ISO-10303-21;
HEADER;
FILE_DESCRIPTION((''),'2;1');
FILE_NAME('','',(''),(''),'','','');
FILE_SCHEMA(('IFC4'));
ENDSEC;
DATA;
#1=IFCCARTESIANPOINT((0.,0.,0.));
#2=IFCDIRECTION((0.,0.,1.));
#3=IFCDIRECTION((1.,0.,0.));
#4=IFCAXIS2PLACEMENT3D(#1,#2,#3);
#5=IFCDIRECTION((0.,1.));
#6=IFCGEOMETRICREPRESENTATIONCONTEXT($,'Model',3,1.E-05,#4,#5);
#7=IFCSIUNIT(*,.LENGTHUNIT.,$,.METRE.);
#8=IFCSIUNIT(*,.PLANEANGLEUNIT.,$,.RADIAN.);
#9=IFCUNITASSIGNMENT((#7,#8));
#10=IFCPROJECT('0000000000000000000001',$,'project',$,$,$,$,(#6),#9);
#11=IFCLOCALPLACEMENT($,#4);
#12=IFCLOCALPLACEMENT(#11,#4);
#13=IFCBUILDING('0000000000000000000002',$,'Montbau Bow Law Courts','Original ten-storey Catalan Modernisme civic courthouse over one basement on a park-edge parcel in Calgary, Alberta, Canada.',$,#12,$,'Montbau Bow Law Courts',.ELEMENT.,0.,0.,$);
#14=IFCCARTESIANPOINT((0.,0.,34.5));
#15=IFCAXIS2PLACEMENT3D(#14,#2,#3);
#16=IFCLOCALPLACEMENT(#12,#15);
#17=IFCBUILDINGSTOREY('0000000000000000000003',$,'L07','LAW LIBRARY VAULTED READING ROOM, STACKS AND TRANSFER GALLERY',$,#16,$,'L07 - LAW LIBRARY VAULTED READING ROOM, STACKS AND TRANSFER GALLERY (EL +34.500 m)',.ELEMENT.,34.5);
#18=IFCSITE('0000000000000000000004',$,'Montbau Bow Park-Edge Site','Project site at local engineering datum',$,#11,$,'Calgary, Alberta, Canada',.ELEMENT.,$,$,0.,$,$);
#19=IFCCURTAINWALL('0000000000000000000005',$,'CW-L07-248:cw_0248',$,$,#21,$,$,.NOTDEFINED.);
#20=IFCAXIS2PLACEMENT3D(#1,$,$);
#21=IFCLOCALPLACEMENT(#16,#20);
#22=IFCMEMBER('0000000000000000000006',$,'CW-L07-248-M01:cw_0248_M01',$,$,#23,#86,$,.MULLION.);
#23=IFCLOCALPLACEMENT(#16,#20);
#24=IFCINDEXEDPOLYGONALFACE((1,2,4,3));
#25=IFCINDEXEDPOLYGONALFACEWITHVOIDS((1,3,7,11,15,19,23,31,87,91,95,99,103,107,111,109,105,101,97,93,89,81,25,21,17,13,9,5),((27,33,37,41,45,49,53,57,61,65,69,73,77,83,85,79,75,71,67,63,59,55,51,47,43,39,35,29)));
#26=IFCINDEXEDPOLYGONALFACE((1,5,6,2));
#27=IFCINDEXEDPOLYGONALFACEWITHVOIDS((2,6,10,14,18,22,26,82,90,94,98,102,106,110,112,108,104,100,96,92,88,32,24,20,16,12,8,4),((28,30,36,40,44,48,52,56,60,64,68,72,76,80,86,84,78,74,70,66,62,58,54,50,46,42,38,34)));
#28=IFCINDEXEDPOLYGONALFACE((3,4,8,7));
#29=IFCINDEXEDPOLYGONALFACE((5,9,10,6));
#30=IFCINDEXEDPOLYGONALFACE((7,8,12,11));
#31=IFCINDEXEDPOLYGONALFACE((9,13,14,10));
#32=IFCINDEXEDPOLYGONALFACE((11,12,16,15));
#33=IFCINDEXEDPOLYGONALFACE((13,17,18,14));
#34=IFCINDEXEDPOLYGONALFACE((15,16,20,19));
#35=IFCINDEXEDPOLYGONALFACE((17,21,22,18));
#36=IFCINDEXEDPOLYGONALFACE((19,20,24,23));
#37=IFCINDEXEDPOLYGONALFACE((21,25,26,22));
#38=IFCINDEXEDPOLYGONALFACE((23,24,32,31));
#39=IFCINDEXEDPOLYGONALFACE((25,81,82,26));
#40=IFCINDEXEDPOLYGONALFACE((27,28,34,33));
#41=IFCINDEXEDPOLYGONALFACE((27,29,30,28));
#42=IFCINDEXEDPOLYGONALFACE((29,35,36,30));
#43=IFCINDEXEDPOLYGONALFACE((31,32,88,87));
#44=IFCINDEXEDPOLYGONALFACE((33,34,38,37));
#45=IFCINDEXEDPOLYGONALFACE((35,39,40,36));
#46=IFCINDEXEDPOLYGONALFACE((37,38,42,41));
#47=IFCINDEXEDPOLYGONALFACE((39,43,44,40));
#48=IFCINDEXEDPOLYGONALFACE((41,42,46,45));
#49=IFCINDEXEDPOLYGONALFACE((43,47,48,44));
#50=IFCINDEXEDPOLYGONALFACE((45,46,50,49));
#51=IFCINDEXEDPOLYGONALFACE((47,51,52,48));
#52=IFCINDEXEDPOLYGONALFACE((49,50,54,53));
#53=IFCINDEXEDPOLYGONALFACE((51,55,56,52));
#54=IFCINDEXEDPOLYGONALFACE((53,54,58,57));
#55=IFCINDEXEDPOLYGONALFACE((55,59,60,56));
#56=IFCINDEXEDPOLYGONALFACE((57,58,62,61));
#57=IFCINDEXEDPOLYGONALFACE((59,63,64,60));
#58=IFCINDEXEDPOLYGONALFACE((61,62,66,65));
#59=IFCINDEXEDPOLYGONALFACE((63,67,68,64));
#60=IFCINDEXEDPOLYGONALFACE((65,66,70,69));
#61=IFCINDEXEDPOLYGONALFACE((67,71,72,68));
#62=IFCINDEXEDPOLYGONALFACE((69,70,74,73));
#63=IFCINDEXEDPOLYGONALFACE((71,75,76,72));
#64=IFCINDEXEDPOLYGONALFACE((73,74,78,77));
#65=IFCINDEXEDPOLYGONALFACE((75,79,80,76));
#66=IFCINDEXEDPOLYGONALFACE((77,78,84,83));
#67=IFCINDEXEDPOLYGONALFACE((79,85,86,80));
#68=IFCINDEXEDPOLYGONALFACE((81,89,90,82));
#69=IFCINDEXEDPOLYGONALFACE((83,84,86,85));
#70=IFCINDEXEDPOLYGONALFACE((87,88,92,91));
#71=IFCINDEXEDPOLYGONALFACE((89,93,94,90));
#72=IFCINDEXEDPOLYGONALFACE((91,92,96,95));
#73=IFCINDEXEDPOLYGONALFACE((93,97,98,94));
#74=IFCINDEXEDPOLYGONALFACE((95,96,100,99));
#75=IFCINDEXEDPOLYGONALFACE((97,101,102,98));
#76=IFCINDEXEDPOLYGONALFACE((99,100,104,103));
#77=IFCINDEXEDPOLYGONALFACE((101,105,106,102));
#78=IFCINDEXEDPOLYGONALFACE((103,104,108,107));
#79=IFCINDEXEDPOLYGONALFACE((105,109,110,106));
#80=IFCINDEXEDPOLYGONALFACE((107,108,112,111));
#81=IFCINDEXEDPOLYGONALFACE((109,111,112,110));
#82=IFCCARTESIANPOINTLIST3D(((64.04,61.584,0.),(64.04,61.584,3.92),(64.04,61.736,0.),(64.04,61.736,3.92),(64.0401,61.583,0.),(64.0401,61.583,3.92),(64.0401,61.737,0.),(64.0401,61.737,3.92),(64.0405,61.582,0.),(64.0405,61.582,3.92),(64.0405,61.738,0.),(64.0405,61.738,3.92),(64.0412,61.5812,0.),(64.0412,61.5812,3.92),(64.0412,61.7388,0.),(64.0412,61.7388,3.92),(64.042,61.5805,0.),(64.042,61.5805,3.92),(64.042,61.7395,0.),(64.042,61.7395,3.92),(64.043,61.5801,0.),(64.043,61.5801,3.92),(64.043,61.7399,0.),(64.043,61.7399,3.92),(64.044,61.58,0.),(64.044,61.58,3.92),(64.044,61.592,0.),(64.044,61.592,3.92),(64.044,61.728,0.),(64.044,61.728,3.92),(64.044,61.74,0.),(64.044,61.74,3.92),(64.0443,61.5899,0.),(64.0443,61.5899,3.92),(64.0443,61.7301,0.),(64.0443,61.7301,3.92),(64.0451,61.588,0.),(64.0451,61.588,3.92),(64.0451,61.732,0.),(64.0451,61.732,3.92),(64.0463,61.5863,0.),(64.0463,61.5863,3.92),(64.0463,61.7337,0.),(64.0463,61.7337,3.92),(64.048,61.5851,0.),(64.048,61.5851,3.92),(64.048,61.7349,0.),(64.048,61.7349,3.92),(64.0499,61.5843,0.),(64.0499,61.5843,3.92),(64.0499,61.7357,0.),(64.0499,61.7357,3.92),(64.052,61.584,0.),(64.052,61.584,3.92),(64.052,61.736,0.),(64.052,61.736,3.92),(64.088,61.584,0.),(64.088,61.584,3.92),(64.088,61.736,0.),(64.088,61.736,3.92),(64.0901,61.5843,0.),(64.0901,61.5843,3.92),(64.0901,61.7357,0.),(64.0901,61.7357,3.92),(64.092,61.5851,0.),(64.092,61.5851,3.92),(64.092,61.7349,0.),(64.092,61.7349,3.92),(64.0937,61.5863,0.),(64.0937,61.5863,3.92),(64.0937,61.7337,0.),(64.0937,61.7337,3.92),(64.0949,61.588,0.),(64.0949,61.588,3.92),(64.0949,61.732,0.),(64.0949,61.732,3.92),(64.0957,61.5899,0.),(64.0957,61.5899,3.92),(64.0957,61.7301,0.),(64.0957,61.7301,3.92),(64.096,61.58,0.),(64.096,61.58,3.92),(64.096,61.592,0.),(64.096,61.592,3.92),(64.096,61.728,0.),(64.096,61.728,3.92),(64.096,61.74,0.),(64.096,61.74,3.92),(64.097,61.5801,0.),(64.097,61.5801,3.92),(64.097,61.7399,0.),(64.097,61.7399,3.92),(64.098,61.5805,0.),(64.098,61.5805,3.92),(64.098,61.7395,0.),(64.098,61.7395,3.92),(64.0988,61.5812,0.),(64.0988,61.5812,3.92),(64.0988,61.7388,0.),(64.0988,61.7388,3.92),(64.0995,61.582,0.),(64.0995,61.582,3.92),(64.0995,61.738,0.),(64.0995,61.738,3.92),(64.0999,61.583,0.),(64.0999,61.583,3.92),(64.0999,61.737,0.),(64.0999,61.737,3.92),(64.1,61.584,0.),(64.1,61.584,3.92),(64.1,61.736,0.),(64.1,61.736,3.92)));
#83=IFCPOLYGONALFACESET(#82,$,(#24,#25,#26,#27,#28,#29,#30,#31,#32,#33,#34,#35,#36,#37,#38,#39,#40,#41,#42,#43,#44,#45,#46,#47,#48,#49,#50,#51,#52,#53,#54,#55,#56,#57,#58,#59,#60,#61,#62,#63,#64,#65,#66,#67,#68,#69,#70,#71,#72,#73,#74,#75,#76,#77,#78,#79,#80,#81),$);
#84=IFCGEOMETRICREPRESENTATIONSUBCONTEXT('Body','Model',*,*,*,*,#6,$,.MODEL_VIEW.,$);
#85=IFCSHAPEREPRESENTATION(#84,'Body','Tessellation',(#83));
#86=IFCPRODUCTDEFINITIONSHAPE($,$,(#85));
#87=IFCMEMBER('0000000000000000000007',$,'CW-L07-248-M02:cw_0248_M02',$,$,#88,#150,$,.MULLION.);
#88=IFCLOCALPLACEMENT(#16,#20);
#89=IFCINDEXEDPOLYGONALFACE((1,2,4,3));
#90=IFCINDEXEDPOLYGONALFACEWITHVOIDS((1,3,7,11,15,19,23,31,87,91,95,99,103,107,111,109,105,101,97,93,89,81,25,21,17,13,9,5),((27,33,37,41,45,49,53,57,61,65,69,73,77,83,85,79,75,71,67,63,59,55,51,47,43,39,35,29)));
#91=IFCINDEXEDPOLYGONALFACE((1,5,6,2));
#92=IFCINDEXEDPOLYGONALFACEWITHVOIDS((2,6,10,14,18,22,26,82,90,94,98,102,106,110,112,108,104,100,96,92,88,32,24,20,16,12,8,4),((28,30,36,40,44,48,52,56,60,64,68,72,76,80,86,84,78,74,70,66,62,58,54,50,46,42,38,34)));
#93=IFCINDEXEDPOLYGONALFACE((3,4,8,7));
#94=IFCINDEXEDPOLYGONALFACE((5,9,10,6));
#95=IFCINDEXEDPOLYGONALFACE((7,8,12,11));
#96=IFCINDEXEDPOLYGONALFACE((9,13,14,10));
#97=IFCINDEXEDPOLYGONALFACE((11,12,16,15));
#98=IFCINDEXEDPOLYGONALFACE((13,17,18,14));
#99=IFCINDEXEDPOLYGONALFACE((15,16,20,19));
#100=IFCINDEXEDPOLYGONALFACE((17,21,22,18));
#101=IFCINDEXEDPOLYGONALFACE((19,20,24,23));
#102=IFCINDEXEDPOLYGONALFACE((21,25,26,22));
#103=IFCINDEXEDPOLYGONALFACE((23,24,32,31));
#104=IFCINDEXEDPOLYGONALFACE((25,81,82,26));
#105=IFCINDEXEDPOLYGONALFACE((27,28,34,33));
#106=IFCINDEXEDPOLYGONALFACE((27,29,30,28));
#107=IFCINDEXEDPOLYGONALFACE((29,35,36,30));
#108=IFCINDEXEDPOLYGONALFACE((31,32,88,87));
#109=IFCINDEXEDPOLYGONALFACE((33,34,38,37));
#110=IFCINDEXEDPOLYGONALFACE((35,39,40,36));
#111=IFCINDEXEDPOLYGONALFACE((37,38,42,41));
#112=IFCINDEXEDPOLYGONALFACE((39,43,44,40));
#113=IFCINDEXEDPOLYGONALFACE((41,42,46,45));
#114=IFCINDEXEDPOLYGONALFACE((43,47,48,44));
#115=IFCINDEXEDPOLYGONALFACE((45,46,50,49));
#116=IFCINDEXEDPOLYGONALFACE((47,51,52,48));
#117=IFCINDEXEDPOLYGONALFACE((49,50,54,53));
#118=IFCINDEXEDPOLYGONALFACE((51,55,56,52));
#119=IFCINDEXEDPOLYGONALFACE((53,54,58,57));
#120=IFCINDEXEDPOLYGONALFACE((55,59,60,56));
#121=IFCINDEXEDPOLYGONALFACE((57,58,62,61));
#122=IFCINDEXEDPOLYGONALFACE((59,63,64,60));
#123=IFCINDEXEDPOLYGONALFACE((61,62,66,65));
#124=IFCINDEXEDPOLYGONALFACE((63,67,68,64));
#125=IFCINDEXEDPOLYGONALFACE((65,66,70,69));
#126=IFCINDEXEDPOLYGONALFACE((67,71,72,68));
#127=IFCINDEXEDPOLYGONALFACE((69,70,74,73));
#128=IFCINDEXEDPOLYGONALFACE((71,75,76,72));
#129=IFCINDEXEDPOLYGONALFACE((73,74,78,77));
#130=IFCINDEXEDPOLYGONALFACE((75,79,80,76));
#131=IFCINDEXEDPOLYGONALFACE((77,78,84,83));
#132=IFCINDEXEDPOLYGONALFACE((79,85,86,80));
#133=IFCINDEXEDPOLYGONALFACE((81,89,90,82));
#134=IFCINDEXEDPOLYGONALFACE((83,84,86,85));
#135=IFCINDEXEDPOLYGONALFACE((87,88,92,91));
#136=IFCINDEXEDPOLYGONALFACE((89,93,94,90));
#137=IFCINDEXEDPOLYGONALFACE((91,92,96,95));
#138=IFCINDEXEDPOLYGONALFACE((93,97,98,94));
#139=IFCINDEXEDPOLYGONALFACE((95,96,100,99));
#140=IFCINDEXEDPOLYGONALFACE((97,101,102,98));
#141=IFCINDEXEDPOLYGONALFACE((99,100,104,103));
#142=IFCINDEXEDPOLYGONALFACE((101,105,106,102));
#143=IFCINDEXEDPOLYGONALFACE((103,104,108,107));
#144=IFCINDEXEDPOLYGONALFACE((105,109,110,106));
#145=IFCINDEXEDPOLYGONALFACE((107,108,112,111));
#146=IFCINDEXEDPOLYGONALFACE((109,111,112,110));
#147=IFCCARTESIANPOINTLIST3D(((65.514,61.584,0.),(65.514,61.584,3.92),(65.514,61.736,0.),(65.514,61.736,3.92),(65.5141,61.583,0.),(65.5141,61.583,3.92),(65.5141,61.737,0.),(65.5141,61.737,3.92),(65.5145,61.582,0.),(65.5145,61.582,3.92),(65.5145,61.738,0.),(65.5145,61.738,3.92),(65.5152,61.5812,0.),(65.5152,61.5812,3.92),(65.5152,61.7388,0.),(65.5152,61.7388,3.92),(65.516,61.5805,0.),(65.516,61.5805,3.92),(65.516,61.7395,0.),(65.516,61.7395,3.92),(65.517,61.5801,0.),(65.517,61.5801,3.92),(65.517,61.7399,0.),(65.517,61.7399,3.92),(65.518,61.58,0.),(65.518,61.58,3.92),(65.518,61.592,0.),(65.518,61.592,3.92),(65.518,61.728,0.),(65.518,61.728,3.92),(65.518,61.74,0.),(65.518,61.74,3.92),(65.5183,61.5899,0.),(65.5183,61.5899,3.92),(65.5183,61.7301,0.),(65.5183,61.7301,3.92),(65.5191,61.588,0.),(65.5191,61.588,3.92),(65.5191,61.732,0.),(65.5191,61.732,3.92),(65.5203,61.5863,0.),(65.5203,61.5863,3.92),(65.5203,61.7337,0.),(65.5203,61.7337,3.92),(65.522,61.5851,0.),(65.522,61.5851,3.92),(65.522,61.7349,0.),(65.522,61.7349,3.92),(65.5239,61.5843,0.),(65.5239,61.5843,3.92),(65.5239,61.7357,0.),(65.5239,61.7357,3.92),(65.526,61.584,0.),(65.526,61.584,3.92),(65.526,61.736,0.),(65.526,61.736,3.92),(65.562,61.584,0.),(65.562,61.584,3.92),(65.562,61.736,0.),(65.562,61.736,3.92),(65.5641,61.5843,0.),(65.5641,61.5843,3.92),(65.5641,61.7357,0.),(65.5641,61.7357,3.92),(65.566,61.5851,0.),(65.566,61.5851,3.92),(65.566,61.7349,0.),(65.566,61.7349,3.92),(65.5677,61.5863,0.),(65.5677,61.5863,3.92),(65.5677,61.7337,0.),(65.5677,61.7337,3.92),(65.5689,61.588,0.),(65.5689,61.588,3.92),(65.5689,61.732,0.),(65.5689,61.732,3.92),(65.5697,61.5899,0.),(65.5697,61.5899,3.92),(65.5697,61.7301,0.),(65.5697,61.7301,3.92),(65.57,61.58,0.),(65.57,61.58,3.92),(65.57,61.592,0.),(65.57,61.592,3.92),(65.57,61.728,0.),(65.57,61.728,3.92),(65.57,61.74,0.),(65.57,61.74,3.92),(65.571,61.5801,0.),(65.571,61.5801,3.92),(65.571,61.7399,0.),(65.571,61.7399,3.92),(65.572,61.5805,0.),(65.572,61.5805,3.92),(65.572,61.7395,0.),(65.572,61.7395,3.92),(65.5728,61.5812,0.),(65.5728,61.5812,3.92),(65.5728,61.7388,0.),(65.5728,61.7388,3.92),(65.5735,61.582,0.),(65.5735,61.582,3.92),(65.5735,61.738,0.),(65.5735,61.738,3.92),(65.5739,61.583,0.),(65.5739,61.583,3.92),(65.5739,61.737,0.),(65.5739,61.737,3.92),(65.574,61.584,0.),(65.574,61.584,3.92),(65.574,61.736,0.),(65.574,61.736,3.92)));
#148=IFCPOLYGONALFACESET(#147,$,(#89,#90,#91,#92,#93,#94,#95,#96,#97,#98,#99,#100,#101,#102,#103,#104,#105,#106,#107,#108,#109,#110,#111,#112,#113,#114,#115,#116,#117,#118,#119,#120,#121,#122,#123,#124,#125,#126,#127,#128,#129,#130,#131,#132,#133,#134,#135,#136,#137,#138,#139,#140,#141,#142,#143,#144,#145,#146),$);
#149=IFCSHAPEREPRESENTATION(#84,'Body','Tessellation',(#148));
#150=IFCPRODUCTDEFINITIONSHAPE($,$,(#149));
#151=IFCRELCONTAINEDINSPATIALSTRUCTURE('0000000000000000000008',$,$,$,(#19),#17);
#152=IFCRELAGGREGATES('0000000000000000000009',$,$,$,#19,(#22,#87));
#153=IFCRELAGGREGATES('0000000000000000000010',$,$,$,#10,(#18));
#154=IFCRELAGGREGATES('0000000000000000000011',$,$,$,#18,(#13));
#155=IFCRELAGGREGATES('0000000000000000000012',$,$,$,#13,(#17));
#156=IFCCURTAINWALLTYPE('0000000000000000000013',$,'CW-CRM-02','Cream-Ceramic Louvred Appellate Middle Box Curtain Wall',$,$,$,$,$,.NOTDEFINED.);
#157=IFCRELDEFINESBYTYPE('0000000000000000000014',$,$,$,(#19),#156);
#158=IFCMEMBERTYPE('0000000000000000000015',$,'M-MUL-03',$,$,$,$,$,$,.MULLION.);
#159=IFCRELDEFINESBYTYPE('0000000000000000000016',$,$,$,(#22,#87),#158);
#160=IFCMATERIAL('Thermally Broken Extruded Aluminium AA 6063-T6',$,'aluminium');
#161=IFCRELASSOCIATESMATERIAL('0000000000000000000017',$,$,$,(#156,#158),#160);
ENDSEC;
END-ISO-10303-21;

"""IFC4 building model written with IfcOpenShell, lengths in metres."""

from ifc_helpers import new_model, si_unit, direction, frame, origin_with_axes, origin_2d_with_axis, place, context, subcontext, project, spatial, hollow_rectangle, extrude, material, material_profile, profile_set, type_object, element, aggregate, save


model = new_model("IFC4")

# Units and contexts
model_context = context("Model", 3, precision=1e-05, world=origin_with_axes(), true_north=direction((0.0, 1.0)))
body_context = subcontext(model_context, "Body", "Model", "MODEL_VIEW")
ifc_project = project(units=[si_unit("LENGTHUNIT", "METRE"), si_unit("PLANEANGLEUNIT", "RADIAN")], contexts=[model_context])

# Site, building, storey
site_placement = place(None, origin_with_axes())
site = spatial("IfcSite", under=ifc_project, at=site_placement, Name="Montbau Bow Park-Edge Site", Description="Project site at local engineering datum", LongName="Calgary, Alberta, Canada", CompositionType="ELEMENT", RefElevation=0.0)
building_placement = place(site_placement, origin_with_axes())
building = spatial("IfcBuilding", under=site, at=building_placement, Name="Montbau Bow Law Courts", Description="Original ten-storey Catalan Modernisme civic courthouse over one basement on a park-edge parcel in Calgary, Alberta, Canada.", LongName="Montbau Bow Law Courts", CompositionType="ELEMENT", ElevationOfRefHeight=0.0, ElevationOfTerrain=0.0)
storey_placement = place(building_placement, frame((0.0, 0.0, 34.5), z_axis=(0.0, 0.0, 1.0), x_axis=(1.0, 0.0, 0.0)))
storey = spatial("IfcBuildingStorey", under=building, at=storey_placement, Name="L07", Description="LAW LIBRARY VAULTED READING ROOM, STACKS AND TRANSFER GALLERY", LongName="L07 - LAW LIBRARY VAULTED READING ROOM, STACKS AND TRANSFER GALLERY (EL +34.500 m)", CompositionType="ELEMENT", Elevation=34.5)

# Curtain wall, members
ifc_material_1 = material(Name="Thermally Broken Extruded Aluminium AA 6063-T6", Category="aluminium")
curtain_wall_type = type_object("IfcCurtainWallType", Name="CW-CRM-02", Description="Cream-Ceramic Louvred Appellate Middle Box Curtain Wall", PredefinedType="NOTDEFINED", material=ifc_material_1)
curtain_wall_1_placement = place(None, frame((64.04, 61.66, 34.5), z_axis=(0.0, 0.0, 1.0), x_axis=(1.0, 0.0, 0.0)))
curtain_wall_1 = element("IfcCurtainWall", 1, at=curtain_wall_1_placement, inside=storey, type_object=curtain_wall_type, Name="CW-L07-248:cw_0248", PredefinedType="NOTDEFINED")
ifc_material_profile_1 = material_profile(ifc_material_1, hollow_rectangle(XDim=0.06, YDim=0.16, WallThickness=0.004, InnerFilletRadius=0.008, OuterFilletRadius=0.004, at=origin_2d_with_axis()), Name="CWM-160X60", Category="Main", Priority=0)
ifc_profile_set_1 = profile_set([ifc_material_profile_1], Name="Thermally Broken Extruded Aluminium AA 6063-T6")
member_type_1 = type_object("IfcMemberType", Name="M-MUL-03", PredefinedType="MULLION", material=ifc_profile_set_1)
member_1_placement = place(None, frame((64.07, 61.66, 34.5), z_axis=(0.0, 0.0, 1.0), x_axis=(1.0, 0.0, 0.0)))
member_1 = element("IfcMember", 2, at=member_1_placement, type_object=member_type_1, Name="CW-L07-248-M01:cw_0248_M01", PredefinedType="MULLION", context=body_context, shape_type="SweptSolid", body=[
    extrude(hollow_rectangle(XDim=0.06, YDim=0.16, WallThickness=0.004, InnerFilletRadius=0.008, OuterFilletRadius=0.004, at=origin_2d_with_axis()), origin_with_axes(), (0.0, 0.0, 1.0), 3.92),
])
member_2_placement = place(None, frame((65.544, 61.66, 34.5), z_axis=(0.0, 0.0, 1.0), x_axis=(1.0, 0.0, 0.0)))
member_2 = element("IfcMember", 3, at=member_2_placement, type_object=member_type_1, Name="CW-L07-248-M02:cw_0248_M02", PredefinedType="MULLION", context=body_context, shape_type="SweptSolid", body=[
    extrude(hollow_rectangle(XDim=0.06, YDim=0.16, WallThickness=0.004, InnerFilletRadius=0.008, OuterFilletRadius=0.004, at=origin_2d_with_axis()), origin_with_axes(), (0.0, 0.0, 1.0), 3.92),
])

aggregate(curtain_wall_1, [member_1, member_2])

save(model, "model.ifc")
